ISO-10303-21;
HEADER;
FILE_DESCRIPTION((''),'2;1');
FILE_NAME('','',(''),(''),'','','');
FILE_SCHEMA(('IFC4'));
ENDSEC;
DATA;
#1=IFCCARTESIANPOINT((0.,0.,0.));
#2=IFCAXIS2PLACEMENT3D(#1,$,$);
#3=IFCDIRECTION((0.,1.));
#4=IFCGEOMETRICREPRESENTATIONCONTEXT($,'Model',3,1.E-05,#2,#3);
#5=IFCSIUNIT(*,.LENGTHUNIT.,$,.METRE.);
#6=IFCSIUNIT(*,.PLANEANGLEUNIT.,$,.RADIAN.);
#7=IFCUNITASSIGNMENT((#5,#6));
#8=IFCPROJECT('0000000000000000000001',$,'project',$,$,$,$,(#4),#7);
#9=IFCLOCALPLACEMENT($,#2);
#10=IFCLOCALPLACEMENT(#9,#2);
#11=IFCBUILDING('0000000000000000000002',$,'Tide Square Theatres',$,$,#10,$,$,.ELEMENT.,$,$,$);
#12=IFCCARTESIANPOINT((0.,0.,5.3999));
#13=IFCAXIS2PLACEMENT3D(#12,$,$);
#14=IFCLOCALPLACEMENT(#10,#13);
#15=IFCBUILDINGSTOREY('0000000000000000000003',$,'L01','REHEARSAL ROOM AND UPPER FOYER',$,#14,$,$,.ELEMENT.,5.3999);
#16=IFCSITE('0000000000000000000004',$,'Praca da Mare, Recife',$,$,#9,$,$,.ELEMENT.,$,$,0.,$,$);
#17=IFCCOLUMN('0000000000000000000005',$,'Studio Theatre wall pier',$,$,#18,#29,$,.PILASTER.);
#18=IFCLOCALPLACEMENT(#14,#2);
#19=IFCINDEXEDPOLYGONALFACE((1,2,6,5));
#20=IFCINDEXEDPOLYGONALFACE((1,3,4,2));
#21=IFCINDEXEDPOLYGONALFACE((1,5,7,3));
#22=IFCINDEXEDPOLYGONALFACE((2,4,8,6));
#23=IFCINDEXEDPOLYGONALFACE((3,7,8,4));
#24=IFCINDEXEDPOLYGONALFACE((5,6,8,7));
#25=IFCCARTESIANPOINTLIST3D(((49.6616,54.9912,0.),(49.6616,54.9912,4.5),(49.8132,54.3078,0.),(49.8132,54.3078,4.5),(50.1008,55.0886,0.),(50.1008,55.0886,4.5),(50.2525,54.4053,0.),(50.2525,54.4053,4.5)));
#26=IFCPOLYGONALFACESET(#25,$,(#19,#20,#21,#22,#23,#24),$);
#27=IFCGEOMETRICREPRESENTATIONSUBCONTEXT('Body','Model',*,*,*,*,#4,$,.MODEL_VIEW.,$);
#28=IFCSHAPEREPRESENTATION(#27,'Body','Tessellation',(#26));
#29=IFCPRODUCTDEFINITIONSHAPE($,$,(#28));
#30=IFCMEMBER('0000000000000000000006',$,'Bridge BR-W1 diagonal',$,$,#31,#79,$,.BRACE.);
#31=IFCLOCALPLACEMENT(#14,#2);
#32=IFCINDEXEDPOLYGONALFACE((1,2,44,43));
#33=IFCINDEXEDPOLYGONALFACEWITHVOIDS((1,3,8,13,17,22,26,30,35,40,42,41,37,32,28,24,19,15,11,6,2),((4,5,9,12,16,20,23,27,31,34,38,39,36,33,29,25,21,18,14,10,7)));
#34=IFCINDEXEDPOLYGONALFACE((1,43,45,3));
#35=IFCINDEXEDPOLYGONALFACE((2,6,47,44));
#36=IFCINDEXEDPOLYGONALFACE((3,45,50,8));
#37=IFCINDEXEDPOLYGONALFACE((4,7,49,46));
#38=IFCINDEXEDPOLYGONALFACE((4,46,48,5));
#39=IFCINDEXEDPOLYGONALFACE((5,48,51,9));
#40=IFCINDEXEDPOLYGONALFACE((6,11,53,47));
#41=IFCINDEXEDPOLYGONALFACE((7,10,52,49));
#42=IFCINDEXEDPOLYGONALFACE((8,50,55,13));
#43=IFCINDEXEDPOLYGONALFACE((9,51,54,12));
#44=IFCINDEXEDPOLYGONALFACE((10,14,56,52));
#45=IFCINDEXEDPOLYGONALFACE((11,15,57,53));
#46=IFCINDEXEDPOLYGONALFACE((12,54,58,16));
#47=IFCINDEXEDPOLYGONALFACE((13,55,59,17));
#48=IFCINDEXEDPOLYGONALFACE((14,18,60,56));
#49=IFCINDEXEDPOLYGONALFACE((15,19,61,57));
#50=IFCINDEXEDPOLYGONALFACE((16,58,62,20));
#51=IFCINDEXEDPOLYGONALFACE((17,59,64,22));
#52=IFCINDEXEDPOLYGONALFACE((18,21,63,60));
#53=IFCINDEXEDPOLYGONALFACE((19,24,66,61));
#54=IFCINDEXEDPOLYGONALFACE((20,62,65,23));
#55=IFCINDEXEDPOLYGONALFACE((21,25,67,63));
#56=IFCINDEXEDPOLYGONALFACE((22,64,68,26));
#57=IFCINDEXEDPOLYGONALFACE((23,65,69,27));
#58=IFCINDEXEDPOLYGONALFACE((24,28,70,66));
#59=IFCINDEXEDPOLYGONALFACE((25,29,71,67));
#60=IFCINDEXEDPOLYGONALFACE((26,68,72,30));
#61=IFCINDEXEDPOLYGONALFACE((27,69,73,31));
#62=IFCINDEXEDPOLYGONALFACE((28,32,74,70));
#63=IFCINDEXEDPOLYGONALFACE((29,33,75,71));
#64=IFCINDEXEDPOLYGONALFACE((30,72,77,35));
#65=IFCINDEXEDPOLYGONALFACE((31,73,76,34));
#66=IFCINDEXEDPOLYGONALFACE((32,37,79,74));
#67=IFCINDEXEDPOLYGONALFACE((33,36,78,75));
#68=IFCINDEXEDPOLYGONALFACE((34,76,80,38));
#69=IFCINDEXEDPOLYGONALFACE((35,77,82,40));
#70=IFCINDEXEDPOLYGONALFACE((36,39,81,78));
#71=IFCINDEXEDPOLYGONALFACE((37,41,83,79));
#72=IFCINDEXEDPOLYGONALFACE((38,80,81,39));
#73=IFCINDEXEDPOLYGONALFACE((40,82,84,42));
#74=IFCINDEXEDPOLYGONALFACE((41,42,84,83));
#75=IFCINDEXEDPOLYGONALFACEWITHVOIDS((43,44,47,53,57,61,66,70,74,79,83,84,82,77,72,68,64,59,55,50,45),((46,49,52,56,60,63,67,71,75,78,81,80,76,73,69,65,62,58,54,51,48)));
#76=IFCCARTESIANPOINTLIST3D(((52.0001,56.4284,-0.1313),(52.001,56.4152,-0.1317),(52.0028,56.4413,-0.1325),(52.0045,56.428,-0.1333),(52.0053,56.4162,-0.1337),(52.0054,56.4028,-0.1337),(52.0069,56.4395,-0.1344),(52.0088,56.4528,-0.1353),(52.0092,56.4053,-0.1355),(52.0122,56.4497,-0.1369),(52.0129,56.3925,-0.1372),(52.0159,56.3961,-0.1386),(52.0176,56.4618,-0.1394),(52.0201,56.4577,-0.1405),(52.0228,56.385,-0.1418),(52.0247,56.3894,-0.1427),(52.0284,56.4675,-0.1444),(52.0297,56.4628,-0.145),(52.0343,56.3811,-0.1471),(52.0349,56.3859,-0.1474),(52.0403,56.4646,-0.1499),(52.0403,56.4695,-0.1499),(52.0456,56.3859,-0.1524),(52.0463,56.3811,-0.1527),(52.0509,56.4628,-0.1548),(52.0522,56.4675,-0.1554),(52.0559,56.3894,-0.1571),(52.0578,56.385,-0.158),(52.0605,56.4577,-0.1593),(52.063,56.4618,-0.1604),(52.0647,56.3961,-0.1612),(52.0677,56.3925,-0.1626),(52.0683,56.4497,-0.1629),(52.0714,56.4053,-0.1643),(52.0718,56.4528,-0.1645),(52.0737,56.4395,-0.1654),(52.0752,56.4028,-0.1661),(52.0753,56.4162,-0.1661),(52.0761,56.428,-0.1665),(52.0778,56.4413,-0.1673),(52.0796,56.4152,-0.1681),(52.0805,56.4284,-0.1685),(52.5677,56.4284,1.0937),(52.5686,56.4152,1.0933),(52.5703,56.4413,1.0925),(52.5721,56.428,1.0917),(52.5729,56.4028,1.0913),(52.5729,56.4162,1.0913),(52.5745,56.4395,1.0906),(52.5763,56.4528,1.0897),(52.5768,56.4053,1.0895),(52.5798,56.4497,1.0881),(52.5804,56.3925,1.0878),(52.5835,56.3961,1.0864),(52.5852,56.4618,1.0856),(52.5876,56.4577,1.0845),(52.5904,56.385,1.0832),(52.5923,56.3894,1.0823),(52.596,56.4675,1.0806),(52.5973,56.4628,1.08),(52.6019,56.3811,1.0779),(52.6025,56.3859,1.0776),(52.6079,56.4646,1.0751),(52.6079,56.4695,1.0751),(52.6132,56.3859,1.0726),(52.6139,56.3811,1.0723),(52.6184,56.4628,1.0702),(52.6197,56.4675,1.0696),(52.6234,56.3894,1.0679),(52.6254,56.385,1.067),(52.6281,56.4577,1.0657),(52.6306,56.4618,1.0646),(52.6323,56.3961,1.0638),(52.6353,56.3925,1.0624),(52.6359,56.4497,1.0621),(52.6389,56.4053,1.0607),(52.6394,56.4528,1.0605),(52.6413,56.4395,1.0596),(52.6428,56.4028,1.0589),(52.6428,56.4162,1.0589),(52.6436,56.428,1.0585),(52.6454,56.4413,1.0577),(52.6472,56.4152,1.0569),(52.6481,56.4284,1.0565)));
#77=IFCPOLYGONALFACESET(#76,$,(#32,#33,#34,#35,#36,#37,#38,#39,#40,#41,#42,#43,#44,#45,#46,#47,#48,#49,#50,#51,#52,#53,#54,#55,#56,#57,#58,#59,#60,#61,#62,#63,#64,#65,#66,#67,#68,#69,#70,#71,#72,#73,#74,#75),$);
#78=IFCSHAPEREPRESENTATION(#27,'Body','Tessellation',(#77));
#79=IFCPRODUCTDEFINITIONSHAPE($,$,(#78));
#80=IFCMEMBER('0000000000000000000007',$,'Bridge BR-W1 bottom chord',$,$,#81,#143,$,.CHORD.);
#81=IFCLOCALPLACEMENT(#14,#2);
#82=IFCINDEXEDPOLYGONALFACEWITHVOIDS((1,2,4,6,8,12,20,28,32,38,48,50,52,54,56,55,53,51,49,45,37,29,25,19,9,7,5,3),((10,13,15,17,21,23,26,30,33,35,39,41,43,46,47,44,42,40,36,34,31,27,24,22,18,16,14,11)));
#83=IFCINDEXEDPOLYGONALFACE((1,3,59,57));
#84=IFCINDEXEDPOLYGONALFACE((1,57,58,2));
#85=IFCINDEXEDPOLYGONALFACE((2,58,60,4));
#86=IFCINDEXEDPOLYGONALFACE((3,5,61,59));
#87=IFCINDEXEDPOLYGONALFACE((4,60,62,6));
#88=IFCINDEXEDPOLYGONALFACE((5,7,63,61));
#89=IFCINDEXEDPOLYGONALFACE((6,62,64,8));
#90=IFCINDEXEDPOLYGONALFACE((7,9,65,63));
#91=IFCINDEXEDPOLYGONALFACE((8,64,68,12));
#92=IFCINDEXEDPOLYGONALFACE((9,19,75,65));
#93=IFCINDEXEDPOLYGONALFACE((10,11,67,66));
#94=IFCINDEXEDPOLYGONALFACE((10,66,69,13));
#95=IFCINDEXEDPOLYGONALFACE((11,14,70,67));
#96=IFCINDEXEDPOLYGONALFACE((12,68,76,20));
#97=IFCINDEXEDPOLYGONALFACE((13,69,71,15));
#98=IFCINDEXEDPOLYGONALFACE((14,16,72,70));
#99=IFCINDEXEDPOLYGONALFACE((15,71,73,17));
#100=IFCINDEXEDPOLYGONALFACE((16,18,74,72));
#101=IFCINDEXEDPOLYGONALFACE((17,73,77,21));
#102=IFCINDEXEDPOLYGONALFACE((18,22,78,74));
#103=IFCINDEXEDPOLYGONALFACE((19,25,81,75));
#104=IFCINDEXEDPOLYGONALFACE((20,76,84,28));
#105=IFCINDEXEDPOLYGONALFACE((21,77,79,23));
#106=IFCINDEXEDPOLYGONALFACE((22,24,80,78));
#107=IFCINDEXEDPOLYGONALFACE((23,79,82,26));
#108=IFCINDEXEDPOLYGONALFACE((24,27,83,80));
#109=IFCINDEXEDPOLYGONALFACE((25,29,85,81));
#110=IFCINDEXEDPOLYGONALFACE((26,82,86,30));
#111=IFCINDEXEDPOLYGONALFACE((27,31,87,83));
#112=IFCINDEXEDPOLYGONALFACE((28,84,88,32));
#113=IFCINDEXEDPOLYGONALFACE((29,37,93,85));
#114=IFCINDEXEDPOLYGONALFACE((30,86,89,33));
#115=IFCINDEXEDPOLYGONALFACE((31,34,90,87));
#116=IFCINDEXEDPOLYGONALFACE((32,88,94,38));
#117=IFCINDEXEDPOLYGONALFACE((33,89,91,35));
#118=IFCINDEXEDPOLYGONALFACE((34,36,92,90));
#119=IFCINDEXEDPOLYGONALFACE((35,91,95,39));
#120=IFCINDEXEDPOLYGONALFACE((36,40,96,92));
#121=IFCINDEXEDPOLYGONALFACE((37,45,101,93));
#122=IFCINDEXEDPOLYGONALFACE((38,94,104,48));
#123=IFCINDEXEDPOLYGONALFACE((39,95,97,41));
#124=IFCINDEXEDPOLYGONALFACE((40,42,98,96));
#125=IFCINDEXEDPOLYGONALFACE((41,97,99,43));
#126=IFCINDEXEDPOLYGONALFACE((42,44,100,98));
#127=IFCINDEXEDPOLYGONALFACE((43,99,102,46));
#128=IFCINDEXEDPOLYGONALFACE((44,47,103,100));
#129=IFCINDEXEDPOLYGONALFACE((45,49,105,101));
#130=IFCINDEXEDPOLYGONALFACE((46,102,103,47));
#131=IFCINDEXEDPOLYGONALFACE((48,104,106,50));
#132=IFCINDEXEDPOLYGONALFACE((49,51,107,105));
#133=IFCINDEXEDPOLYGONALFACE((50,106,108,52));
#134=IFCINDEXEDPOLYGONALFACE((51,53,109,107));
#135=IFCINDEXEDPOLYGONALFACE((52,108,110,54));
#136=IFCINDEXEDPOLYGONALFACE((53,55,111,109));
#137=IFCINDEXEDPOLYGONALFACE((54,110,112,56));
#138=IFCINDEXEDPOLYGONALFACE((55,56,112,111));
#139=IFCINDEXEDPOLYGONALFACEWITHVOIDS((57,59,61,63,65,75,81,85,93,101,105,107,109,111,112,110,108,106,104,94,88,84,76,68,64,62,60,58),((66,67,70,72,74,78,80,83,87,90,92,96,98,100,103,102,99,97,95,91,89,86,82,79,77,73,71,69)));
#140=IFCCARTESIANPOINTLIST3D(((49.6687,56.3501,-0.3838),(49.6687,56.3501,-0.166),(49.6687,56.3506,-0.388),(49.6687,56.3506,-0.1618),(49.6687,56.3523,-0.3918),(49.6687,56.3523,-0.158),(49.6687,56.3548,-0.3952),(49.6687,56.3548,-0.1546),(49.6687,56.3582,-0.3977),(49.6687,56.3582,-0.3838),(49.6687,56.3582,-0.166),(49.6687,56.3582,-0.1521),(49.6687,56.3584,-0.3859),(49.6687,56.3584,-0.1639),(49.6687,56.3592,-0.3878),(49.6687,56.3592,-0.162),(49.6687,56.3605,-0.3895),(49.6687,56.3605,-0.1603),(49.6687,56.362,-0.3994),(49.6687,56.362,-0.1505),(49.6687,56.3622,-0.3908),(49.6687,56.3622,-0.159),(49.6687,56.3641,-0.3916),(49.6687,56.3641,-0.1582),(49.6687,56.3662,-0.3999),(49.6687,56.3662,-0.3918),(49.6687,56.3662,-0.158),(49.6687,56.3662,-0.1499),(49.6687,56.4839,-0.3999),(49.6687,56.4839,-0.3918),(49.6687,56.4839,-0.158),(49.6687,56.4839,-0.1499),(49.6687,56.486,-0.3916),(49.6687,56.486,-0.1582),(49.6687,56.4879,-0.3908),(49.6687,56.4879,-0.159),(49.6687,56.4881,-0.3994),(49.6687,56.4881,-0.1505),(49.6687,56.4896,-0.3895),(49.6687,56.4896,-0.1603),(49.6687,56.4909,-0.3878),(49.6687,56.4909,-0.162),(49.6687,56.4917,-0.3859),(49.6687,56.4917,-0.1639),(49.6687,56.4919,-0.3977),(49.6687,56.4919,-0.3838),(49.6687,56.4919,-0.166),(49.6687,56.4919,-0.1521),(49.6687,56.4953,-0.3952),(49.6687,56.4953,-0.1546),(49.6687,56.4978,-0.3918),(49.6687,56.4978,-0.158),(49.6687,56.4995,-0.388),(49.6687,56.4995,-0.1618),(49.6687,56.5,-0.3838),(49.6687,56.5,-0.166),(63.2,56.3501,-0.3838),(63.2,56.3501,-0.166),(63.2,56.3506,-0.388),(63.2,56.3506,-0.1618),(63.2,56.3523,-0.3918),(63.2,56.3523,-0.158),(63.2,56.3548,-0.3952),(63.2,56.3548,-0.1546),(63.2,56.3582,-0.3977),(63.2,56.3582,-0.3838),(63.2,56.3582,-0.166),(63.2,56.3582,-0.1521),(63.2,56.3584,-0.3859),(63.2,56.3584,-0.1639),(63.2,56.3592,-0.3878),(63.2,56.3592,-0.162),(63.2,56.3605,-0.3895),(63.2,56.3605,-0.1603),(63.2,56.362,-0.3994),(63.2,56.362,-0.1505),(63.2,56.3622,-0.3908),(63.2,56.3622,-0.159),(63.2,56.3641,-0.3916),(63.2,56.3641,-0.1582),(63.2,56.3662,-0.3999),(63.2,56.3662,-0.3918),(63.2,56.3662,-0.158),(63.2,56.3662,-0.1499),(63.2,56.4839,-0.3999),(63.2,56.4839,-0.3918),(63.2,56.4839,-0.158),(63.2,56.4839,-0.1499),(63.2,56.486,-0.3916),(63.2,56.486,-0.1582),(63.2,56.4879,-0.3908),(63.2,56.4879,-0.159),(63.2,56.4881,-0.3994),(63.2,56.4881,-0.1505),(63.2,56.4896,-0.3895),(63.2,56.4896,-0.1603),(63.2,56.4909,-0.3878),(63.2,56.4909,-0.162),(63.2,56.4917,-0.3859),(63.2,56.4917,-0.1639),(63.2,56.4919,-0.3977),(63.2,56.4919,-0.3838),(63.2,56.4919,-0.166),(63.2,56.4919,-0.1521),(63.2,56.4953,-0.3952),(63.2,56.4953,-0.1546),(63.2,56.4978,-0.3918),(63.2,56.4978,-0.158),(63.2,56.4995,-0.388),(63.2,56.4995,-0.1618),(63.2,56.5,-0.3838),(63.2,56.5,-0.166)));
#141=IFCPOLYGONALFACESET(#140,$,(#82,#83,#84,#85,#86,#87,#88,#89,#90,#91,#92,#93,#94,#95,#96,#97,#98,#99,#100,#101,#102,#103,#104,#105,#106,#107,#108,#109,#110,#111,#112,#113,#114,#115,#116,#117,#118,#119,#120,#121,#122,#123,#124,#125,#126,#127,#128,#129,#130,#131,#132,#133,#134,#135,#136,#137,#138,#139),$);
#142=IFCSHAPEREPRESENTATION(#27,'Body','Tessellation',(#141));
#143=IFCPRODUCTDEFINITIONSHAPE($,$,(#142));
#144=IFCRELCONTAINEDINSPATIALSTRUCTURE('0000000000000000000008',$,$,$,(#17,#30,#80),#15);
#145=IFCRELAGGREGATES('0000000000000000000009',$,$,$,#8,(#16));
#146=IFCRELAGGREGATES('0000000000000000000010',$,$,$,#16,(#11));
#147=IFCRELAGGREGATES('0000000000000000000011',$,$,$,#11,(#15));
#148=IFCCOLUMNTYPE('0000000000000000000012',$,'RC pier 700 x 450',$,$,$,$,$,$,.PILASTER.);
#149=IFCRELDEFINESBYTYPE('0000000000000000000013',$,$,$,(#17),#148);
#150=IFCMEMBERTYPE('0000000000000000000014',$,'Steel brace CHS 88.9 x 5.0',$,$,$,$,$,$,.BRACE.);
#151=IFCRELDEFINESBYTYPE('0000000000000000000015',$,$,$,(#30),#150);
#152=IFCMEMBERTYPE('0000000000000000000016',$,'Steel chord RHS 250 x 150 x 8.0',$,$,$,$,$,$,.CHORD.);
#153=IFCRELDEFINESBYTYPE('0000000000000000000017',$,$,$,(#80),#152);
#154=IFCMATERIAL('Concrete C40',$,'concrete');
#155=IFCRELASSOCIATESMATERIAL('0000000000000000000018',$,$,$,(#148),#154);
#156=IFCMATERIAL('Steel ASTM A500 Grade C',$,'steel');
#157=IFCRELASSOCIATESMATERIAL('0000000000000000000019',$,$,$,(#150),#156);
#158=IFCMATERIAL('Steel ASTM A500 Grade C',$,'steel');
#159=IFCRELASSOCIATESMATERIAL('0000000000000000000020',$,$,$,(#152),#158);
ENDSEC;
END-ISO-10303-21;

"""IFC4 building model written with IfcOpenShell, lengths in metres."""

from ifc_helpers import new_model, si_unit, direction, frame, origin, origin_2d, place, context, subcontext, project, spatial, rectangle, hollow_rectangle, hollow_circle, extrude, material, material_profile, profile_set, type_object, element, save


model = new_model("IFC4")

# Units and contexts
model_context = context("Model", 3, precision=1e-05, world=origin(), true_north=direction((0.0, 1.0)))
body_context = subcontext(model_context, "Body", "Model", "MODEL_VIEW")
ifc_project = project(units=[si_unit("LENGTHUNIT", "METRE"), si_unit("PLANEANGLEUNIT", "RADIAN")], contexts=[model_context])

# Site, building, storey
site_placement = place(None, origin())
site = spatial("IfcSite", under=ifc_project, at=site_placement, Name="Praca da Mare, Recife", CompositionType="ELEMENT", RefElevation=0.0)
building_placement = place(site_placement, origin())
building = spatial("IfcBuilding", under=site, at=building_placement, Name="Tide Square Theatres", CompositionType="ELEMENT")
storey_placement = place(building_placement, frame((0.0, 0.0, 5.3999)))
storey = spatial("IfcBuildingStorey", under=building, at=storey_placement, Name="L01", Description="REHEARSAL ROOM AND UPPER FOYER", CompositionType="ELEMENT", Elevation=5.3999)

# Column
ifc_material_1 = material(Name="Concrete C40", Category="concrete")
ifc_material_profile_1 = material_profile(ifc_material_1, rectangle(XDim=0.7, YDim=0.45, at=origin_2d()))
ifc_profile_set_1 = profile_set([ifc_material_profile_1], Name="Concrete C40")
column_type = type_object("IfcColumnType", Name="RC pier 700 x 450", PredefinedType="PILASTER", material=ifc_profile_set_1)
column_placement = place(storey_placement, frame((49.957, 54.6982, 0.0), z_axis=(0.0, 0.0, 1.0), x_axis=(-0.216641, 0.976251, 0.0)))
element("IfcColumn", 1, at=column_placement, inside=storey, type_object=column_type, Name="Studio Theatre wall pier", PredefinedType="PILASTER", context=body_context, shape_type="SweptSolid", body=[
    extrude(rectangle(XDim=0.7, YDim=0.45, at=origin_2d()), origin(), (0.0, 0.0, 1.0), 4.5),
])

# Members
ifc_material_2 = material(Name="Steel ASTM A500 Grade C", Category="steel")
ifc_material_profile_2 = material_profile(ifc_material_2, hollow_circle(Radius=0.0444, WallThickness=0.0049, at=origin_2d()))
ifc_profile_set_2 = profile_set([ifc_material_profile_2], Name="Steel ASTM A500 Grade C")
member_type_1 = type_object("IfcMemberType", Name="Steel brace CHS 88.9 x 5.0", PredefinedType="BRACE", material=ifc_profile_set_2)
member_1_placement = place(storey_placement, frame((52.0403, 56.425, -0.1499), z_axis=(0.420399, 0.0, 0.907339), x_axis=(0.0, 1.0, 0.0)))
element("IfcMember", 2, at=member_1_placement, inside=storey, type_object=member_type_1, Name="Bridge BR-W1 diagonal", PredefinedType="BRACE", context=body_context, shape_type="SweptSolid", body=[
    extrude(hollow_circle(Radius=0.0444, WallThickness=0.0049, at=origin_2d()), origin(), (0.0, 0.0, 1.0), 1.3501),
])
ifc_material_3 = material(Name="Steel ASTM A500 Grade C", Category="steel")
ifc_material_profile_3 = material_profile(ifc_material_3, hollow_rectangle(XDim=0.1499, YDim=0.25, WallThickness=0.0081, InnerFilletRadius=0.0081, OuterFilletRadius=0.0161, at=origin_2d()))
ifc_profile_set_3 = profile_set([ifc_material_profile_3], Name="Steel ASTM A500 Grade C")
member_type_2 = type_object("IfcMemberType", Name="Steel chord RHS 250 x 150 x 8.0", PredefinedType="CHORD", material=ifc_profile_set_3)
member_2_placement = place(storey_placement, frame((49.6687, 56.425, -0.2749), z_axis=(1.0, 0.0, 0.0), x_axis=(0.0, 1.0, 0.0)))
element("IfcMember", 3, at=member_2_placement, inside=storey, type_object=member_type_2, Name="Bridge BR-W1 bottom chord", PredefinedType="CHORD", context=body_context, shape_type="SweptSolid", body=[
    extrude(hollow_rectangle(XDim=0.1499, YDim=0.25, WallThickness=0.0081, InnerFilletRadius=0.0081, OuterFilletRadius=0.0161, at=origin_2d()), origin(), (0.0, 0.0, 1.0), 13.5312),
])

save(model, "model.ifc")
